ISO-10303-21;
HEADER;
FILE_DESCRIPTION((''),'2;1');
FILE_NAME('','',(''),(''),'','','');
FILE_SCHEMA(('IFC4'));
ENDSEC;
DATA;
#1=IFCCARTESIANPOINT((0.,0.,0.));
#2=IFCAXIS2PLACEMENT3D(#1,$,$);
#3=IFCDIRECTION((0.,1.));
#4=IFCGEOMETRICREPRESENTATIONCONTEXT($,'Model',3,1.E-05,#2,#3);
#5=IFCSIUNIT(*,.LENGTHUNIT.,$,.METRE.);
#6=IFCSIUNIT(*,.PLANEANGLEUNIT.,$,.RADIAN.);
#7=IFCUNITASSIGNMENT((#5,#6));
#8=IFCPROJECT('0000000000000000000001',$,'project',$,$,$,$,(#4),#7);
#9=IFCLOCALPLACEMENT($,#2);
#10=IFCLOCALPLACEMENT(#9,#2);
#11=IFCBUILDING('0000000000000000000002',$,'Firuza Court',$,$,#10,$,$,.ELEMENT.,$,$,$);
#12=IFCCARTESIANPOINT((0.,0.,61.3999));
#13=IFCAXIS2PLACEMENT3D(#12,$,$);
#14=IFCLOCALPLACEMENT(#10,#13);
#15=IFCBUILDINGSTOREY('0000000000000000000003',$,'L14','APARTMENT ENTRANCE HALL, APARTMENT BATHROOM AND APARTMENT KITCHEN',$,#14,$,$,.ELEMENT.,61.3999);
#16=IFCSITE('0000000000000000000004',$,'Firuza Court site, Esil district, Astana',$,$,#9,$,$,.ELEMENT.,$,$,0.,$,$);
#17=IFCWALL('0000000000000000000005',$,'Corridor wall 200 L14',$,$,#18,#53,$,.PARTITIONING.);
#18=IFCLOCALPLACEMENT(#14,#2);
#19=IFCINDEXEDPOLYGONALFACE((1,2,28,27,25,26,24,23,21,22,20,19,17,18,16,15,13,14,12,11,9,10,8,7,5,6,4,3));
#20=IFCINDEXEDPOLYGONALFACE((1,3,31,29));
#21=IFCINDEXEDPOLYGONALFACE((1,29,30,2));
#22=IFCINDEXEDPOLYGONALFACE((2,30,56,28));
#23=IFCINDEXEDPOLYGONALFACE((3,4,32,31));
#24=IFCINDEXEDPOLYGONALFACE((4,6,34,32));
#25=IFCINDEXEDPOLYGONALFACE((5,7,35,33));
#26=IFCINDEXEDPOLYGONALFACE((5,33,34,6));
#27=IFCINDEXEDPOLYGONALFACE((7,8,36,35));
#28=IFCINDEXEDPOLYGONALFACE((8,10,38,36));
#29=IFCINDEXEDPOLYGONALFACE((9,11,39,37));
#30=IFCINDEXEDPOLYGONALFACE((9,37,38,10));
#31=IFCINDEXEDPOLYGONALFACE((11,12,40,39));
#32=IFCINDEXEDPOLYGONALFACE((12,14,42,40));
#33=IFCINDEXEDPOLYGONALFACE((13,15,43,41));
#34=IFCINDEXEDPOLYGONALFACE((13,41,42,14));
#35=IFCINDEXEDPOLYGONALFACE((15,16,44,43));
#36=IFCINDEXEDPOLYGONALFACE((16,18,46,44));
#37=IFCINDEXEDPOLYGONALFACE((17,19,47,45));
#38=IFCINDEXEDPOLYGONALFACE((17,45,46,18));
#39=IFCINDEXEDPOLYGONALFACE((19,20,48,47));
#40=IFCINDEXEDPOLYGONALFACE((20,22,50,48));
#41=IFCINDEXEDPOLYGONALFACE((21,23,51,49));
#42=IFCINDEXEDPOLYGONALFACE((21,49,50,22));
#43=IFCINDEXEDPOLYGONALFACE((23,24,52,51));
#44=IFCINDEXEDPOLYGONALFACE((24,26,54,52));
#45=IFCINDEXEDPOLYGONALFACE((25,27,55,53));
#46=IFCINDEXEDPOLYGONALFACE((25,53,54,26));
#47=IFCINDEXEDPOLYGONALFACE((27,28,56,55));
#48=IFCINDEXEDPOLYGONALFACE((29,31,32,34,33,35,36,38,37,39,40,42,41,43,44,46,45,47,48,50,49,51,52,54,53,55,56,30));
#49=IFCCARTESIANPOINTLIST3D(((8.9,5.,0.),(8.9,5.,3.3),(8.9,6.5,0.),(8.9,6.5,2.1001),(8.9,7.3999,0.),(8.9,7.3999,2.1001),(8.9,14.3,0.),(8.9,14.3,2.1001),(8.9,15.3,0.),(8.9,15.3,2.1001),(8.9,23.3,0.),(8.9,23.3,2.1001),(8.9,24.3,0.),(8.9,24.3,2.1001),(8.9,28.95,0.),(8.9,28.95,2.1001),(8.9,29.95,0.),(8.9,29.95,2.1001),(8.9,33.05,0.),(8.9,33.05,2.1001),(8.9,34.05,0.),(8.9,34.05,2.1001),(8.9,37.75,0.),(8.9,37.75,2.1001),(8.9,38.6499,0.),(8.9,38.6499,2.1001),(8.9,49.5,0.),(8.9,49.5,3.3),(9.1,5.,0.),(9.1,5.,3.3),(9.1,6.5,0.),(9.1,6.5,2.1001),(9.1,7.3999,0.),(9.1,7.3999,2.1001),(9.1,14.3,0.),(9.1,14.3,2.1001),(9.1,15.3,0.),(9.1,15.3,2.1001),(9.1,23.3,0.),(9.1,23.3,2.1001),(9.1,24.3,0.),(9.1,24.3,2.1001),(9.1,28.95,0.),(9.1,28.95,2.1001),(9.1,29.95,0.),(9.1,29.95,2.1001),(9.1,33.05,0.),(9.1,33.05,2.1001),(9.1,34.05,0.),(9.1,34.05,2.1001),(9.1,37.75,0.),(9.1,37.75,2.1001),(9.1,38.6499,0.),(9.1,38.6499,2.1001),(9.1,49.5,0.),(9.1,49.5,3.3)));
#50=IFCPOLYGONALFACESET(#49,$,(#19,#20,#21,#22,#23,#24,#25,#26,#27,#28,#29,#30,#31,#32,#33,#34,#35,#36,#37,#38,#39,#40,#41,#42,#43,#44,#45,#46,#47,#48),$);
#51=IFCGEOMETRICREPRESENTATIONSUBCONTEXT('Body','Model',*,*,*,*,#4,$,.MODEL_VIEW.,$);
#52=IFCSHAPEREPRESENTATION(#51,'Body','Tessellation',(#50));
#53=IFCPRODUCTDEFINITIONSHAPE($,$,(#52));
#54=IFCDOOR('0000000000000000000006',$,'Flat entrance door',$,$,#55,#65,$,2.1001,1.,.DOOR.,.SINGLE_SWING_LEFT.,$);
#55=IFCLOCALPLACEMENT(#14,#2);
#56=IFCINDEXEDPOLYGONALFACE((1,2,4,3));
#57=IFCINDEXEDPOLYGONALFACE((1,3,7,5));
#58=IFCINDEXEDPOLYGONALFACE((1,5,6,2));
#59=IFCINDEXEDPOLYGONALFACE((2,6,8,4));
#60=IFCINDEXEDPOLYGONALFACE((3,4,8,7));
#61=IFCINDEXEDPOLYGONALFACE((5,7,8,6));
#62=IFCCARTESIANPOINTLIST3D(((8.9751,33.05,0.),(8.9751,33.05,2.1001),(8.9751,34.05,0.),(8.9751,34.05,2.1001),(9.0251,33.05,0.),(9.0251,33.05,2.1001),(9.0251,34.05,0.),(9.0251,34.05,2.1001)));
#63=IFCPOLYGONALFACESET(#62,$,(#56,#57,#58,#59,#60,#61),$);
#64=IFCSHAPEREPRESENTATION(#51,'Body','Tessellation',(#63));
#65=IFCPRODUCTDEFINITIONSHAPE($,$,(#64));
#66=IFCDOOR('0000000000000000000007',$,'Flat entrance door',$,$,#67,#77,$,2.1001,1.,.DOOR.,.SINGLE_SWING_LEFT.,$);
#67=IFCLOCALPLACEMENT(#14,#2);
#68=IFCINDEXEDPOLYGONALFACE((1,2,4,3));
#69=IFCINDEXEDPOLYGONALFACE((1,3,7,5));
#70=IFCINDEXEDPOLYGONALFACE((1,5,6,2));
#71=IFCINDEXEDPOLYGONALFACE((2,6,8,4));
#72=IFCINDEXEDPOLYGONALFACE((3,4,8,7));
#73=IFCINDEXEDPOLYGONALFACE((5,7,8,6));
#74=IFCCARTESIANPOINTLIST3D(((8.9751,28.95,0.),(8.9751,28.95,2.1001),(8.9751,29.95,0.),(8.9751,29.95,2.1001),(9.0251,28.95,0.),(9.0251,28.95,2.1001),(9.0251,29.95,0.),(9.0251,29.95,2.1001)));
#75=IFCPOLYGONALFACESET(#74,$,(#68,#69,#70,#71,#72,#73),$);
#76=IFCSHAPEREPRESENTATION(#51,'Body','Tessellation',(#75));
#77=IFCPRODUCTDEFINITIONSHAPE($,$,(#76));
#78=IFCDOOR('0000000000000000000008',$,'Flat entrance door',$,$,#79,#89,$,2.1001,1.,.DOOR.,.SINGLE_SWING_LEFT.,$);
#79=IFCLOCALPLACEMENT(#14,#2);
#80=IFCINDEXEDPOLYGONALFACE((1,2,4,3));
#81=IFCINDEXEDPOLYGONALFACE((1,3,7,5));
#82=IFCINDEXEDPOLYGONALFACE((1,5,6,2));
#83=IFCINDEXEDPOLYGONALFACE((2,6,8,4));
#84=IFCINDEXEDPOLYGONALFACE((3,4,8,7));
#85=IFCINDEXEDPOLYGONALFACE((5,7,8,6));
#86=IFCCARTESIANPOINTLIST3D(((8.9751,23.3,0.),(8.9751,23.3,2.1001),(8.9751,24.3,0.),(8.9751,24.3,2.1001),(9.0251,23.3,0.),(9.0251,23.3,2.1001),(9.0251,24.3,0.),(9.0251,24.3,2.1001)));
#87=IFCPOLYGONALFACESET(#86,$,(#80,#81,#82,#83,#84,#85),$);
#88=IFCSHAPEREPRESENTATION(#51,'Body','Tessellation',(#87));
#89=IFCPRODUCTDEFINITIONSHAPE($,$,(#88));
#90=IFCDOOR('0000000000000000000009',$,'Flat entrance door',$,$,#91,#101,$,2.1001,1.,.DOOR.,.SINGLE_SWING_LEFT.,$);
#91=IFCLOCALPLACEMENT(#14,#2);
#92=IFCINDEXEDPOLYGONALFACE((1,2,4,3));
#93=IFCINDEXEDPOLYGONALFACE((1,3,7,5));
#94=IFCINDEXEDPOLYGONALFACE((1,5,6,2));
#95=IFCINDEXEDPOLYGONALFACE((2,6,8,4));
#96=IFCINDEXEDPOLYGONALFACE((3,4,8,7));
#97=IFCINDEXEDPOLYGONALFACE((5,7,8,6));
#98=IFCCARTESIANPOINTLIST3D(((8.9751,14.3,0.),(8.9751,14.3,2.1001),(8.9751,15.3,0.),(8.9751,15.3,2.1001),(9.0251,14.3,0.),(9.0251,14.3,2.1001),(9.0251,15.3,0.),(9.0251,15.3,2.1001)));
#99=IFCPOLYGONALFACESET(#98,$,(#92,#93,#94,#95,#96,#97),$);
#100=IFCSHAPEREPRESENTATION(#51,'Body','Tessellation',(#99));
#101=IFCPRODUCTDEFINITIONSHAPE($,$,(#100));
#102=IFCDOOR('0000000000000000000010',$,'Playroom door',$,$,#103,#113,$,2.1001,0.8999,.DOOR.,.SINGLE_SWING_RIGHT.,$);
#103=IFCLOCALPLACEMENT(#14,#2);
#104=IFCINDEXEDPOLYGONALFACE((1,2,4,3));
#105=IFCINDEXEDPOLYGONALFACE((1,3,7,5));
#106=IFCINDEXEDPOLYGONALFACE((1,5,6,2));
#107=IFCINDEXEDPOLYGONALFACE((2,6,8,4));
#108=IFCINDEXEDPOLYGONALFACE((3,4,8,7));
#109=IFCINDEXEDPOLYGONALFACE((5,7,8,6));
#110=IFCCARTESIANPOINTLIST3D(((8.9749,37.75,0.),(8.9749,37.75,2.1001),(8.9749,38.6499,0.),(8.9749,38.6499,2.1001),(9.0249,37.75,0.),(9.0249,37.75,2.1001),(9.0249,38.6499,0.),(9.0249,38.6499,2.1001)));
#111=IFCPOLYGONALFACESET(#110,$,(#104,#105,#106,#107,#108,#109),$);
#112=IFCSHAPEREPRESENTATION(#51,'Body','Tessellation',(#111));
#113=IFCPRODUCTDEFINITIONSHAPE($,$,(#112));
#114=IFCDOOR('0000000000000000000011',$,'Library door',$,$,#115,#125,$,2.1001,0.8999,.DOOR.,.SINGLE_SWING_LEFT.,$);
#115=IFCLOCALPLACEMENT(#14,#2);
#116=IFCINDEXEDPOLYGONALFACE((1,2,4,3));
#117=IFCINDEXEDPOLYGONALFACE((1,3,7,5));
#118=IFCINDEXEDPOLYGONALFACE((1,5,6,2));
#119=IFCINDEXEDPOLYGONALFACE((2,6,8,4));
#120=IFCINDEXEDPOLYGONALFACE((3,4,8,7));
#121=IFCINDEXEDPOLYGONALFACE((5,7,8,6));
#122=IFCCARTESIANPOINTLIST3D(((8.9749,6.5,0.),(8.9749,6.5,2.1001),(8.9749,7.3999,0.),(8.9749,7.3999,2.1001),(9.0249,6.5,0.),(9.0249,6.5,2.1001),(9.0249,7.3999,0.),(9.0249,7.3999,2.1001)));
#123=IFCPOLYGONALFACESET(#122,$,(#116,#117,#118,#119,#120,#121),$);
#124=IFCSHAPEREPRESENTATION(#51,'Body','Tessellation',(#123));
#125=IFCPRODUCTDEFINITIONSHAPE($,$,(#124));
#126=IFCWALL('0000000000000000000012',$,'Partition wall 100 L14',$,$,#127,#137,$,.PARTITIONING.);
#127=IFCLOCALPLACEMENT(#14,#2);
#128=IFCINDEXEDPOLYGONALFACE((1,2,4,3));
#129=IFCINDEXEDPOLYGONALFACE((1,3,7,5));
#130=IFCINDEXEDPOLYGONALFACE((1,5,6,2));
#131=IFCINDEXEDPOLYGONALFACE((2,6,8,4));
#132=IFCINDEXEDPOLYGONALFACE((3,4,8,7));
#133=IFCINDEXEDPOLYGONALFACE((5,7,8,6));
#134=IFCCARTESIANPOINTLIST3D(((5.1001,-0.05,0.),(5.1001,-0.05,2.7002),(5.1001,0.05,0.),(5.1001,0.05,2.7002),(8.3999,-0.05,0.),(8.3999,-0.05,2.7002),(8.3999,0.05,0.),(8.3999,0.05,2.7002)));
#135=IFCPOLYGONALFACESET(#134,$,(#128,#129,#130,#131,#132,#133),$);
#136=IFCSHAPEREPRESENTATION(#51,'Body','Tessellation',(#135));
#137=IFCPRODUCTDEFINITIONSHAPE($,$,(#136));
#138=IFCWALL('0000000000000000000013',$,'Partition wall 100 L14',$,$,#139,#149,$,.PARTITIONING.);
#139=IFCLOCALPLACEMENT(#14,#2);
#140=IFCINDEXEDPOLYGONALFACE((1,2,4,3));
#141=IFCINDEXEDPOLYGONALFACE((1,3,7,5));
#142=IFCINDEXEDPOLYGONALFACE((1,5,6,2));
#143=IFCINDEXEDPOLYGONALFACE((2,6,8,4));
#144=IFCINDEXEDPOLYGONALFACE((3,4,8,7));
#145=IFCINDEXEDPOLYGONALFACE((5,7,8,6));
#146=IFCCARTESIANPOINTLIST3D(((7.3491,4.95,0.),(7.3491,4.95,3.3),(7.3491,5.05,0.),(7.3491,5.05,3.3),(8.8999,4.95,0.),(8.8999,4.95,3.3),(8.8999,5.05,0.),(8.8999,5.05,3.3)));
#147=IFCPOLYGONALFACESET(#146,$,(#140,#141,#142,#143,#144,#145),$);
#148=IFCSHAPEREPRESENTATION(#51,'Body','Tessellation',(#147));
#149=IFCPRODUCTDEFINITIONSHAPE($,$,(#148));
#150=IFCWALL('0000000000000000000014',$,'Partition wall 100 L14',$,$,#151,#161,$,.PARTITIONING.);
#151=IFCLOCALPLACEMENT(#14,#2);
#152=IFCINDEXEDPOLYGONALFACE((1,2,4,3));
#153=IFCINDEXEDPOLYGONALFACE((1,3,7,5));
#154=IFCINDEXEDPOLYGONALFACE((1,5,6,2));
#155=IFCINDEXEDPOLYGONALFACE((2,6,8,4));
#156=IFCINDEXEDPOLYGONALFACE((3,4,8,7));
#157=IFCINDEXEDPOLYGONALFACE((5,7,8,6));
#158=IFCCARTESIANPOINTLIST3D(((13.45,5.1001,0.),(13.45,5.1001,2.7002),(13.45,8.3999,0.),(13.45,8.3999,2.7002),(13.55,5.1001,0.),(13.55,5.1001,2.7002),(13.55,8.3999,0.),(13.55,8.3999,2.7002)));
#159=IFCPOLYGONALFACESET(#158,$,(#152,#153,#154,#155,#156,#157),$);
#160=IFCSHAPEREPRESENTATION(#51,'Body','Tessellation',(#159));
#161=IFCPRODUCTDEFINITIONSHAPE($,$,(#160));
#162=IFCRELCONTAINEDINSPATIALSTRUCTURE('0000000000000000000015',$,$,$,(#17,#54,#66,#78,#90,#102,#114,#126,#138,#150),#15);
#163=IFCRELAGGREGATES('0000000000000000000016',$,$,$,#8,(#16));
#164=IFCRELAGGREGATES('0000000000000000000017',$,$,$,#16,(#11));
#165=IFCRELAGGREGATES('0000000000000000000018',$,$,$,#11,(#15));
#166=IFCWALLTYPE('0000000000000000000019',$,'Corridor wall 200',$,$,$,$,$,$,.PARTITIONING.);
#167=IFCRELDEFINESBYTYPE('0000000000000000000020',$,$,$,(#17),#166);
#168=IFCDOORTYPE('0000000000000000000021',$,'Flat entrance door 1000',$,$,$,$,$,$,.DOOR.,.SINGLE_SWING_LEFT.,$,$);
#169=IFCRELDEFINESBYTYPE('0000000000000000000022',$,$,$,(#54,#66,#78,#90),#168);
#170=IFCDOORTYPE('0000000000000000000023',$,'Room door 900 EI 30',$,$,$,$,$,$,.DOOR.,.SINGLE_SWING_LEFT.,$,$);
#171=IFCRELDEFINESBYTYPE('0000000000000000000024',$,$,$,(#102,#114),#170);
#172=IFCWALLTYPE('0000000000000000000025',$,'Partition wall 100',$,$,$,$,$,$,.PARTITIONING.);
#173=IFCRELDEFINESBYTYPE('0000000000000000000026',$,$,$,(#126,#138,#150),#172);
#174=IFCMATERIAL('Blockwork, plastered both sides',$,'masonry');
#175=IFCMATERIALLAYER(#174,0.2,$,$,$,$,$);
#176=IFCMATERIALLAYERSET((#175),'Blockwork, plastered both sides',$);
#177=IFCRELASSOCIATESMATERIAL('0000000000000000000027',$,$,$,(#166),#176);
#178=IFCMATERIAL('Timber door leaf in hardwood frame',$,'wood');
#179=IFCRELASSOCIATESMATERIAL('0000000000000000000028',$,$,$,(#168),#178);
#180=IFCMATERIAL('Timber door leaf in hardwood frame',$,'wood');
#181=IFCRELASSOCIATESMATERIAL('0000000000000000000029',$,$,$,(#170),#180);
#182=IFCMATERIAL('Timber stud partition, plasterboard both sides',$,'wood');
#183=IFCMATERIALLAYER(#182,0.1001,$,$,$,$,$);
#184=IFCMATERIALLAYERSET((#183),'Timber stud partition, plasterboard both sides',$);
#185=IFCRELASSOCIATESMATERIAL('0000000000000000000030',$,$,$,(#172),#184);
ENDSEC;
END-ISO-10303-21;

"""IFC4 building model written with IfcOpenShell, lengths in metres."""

from ifc_helpers import new_model, si_unit, direction, frame, frame_2d, origin, place, context, subcontext, project, spatial, rectangle, extrude, material, layer, layer_set, type_object, element, fill, save


model = new_model("IFC4")

# Units and contexts
model_context = context("Model", 3, precision=1e-05, world=origin(), true_north=direction((0.0, 1.0)))
body_context = subcontext(model_context, "Body", "Model", "MODEL_VIEW")
ifc_project = project(units=[si_unit("LENGTHUNIT", "METRE"), si_unit("PLANEANGLEUNIT", "RADIAN")], contexts=[model_context])

# Site, building, storey
site_placement = place(None, origin())
site = spatial("IfcSite", under=ifc_project, at=site_placement, Name="Firuza Court site, Esil district, Astana", CompositionType="ELEMENT", RefElevation=0.0)
building_placement = place(site_placement, origin())
building = spatial("IfcBuilding", under=site, at=building_placement, Name="Firuza Court", CompositionType="ELEMENT")
storey_placement = place(building_placement, frame((0.0, 0.0, 61.3999)))
storey = spatial("IfcBuildingStorey", under=building, at=storey_placement, Name="L14", Description="APARTMENT ENTRANCE HALL, APARTMENT BATHROOM AND APARTMENT KITCHEN", CompositionType="ELEMENT", Elevation=61.3999)

# Wall, openings, doors
ifc_material_1 = material(Name="Blockwork, plastered both sides", Category="masonry")
ifc_layer_1 = layer(ifc_material_1, 0.2)
ifc_layer_set_1 = layer_set([ifc_layer_1], Name="Blockwork, plastered both sides")
wall_type_1 = type_object("IfcWallType", Name="Corridor wall 200", PredefinedType="PARTITIONING", material=ifc_layer_set_1)
wall_1_placement = place(storey_placement, frame((9.0, 5.0, 0.0), z_axis=(0.0, 0.0, 1.0), x_axis=(0.0, 1.0, 0.0)))
wall_1 = element("IfcWall", 1, at=wall_1_placement, inside=storey, type_object=wall_type_1, Name="Corridor wall 200 L14", PredefinedType="PARTITIONING", context=body_context, shape_type="SweptSolid", body=[
    extrude(rectangle(XDim=44.5, YDim=0.2, at=frame_2d((22.25, 0.0))), origin(), (0.0, 0.0, 1.0), 3.3),
])
opening_1_placement = place(wall_1_placement, frame((28.05, 0.0, 0.0)))
opening_1 = element("IfcOpeningElement", 2, at=opening_1_placement, cuts=wall_1, PredefinedType="OPENING", context=body_context, shape_type="SweptSolid", body=[
    extrude(rectangle(XDim=1.0, YDim=2.1001, at=frame_2d((0.5, 1.05))), frame((0.0, 0.1118, 0.0), z_axis=(0.0, -1.0, 0.0), x_axis=(1.0, 0.0, 0.0)), (0.0, 0.0, 1.0), 0.2239),
])
opening_2_placement = place(wall_1_placement, frame((23.95, 0.0, 0.0)))
opening_2 = element("IfcOpeningElement", 3, at=opening_2_placement, cuts=wall_1, PredefinedType="OPENING", context=body_context, shape_type="SweptSolid", body=[
    extrude(rectangle(XDim=1.0, YDim=2.1001, at=frame_2d((0.5, 1.05))), frame((0.0, 0.1118, 0.0), z_axis=(0.0, -1.0, 0.0), x_axis=(1.0, 0.0, 0.0)), (0.0, 0.0, 1.0), 0.2239),
])
opening_3_placement = place(wall_1_placement, frame((18.3, 0.0, 0.0)))
opening_3 = element("IfcOpeningElement", 4, at=opening_3_placement, cuts=wall_1, PredefinedType="OPENING", context=body_context, shape_type="SweptSolid", body=[
    extrude(rectangle(XDim=1.0, YDim=2.1001, at=frame_2d((0.5, 1.05))), frame((0.0, 0.1118, 0.0), z_axis=(0.0, -1.0, 0.0), x_axis=(1.0, 0.0, 0.0)), (0.0, 0.0, 1.0), 0.2239),
])
opening_4_placement = place(wall_1_placement, frame((9.3, 0.0, 0.0)))
opening_4 = element("IfcOpeningElement", 5, at=opening_4_placement, cuts=wall_1, PredefinedType="OPENING", context=body_context, shape_type="SweptSolid", body=[
    extrude(rectangle(XDim=1.0, YDim=2.1001, at=frame_2d((0.5, 1.05))), frame((0.0, 0.1118, 0.0), z_axis=(0.0, -1.0, 0.0), x_axis=(1.0, 0.0, 0.0)), (0.0, 0.0, 1.0), 0.2239),
])
opening_5_placement = place(wall_1_placement, frame((32.75, 0.0, 0.0)))
opening_5 = element("IfcOpeningElement", 6, at=opening_5_placement, cuts=wall_1, PredefinedType="OPENING", context=body_context, shape_type="SweptSolid", body=[
    extrude(rectangle(XDim=0.8999, YDim=2.1001, at=frame_2d((0.45, 1.05))), frame((0.0, 0.1118, 0.0), z_axis=(0.0, -1.0, 0.0), x_axis=(1.0, 0.0, 0.0)), (0.0, 0.0, 1.0), 0.2239),
])
opening_6_placement = place(wall_1_placement, frame((1.5, 0.0, 0.0)))
opening_6 = element("IfcOpeningElement", 7, at=opening_6_placement, cuts=wall_1, PredefinedType="OPENING", context=body_context, shape_type="SweptSolid", body=[
    extrude(rectangle(XDim=0.8999, YDim=2.1001, at=frame_2d((0.45, 1.05))), frame((0.0, 0.1118, 0.0), z_axis=(0.0, -1.0, 0.0), x_axis=(1.0, 0.0, 0.0)), (0.0, 0.0, 1.0), 0.2239),
])
ifc_material_2 = material(Name="Timber door leaf in hardwood frame", Category="wood")
door_type_1 = type_object("IfcDoorType", Name="Flat entrance door 1000", OperationType="SINGLE_SWING_LEFT", PredefinedType="DOOR", material=ifc_material_2)
door_1_placement = place(opening_1_placement, origin())
door_1 = element("IfcDoor", 8, at=door_1_placement, inside=storey, type_object=door_type_1, Name="Flat entrance door", OperationType="SINGLE_SWING_LEFT", OverallHeight=2.1001, OverallWidth=1.0, PredefinedType="DOOR", context=body_context, shape_type="SweptSolid", body=[
    extrude(rectangle(XDim=1.0, YDim=2.1001, at=frame_2d((0.5, 1.05))), frame((0.0, 0.0249, 0.0), z_axis=(0.0, -1.0, 0.0), x_axis=(1.0, 0.0, 0.0)), (0.0, 0.0, 1.0), 0.05),
])
fill(opening_1, door_1)
door_2_placement = place(opening_2_placement, origin())
door_2 = element("IfcDoor", 9, at=door_2_placement, inside=storey, type_object=door_type_1, Name="Flat entrance door", OperationType="SINGLE_SWING_LEFT", OverallHeight=2.1001, OverallWidth=1.0, PredefinedType="DOOR", context=body_context, shape_type="SweptSolid", body=[
    extrude(rectangle(XDim=1.0, YDim=2.1001, at=frame_2d((0.5, 1.05))), frame((0.0, 0.0249, 0.0), z_axis=(0.0, -1.0, 0.0), x_axis=(1.0, 0.0, 0.0)), (0.0, 0.0, 1.0), 0.05),
])
fill(opening_2, door_2)
door_3_placement = place(opening_3_placement, origin())
door_3 = element("IfcDoor", 10, at=door_3_placement, inside=storey, type_object=door_type_1, Name="Flat entrance door", OperationType="SINGLE_SWING_LEFT", OverallHeight=2.1001, OverallWidth=1.0, PredefinedType="DOOR", context=body_context, shape_type="SweptSolid", body=[
    extrude(rectangle(XDim=1.0, YDim=2.1001, at=frame_2d((0.5, 1.05))), frame((0.0, 0.0249, 0.0), z_axis=(0.0, -1.0, 0.0), x_axis=(1.0, 0.0, 0.0)), (0.0, 0.0, 1.0), 0.05),
])
fill(opening_3, door_3)
door_4_placement = place(opening_4_placement, origin())
door_4 = element("IfcDoor", 11, at=door_4_placement, inside=storey, type_object=door_type_1, Name="Flat entrance door", OperationType="SINGLE_SWING_LEFT", OverallHeight=2.1001, OverallWidth=1.0, PredefinedType="DOOR", context=body_context, shape_type="SweptSolid", body=[
    extrude(rectangle(XDim=1.0, YDim=2.1001, at=frame_2d((0.5, 1.05))), frame((0.0, 0.0249, 0.0), z_axis=(0.0, -1.0, 0.0), x_axis=(1.0, 0.0, 0.0)), (0.0, 0.0, 1.0), 0.05),
])
fill(opening_4, door_4)
ifc_material_3 = material(Name="Timber door leaf in hardwood frame", Category="wood")
door_type_2 = type_object("IfcDoorType", Name="Room door 900 EI 30", OperationType="SINGLE_SWING_LEFT", PredefinedType="DOOR", material=ifc_material_3)
door_5_placement = place(opening_5_placement, frame((0.8999, 0.0, 0.0), z_axis=(0.0, 0.0, 1.0), x_axis=(-1.0, 0.0, 0.0)))
door_5 = element("IfcDoor", 12, at=door_5_placement, inside=storey, type_object=door_type_2, Name="Playroom door", OperationType="SINGLE_SWING_RIGHT", OverallHeight=2.1001, OverallWidth=0.8999, PredefinedType="DOOR", context=body_context, shape_type="SweptSolid", body=[
    extrude(rectangle(XDim=0.8999, YDim=2.1001, at=frame_2d((0.45, 1.05))), frame((0.0, 0.0249, 0.0), z_axis=(0.0, -1.0, 0.0), x_axis=(1.0, 0.0, 0.0)), (0.0, 0.0, 1.0), 0.05),
])
fill(opening_5, door_5)
door_6_placement = place(opening_6_placement, frame((0.8999, 0.0, 0.0), z_axis=(0.0, 0.0, 1.0), x_axis=(-1.0, 0.0, 0.0)))
door_6 = element("IfcDoor", 13, at=door_6_placement, inside=storey, type_object=door_type_2, Name="Library door", OperationType="SINGLE_SWING_LEFT", OverallHeight=2.1001, OverallWidth=0.8999, PredefinedType="DOOR", context=body_context, shape_type="SweptSolid", body=[
    extrude(rectangle(XDim=0.8999, YDim=2.1001, at=frame_2d((0.45, 1.05))), frame((0.0, 0.0249, 0.0), z_axis=(0.0, -1.0, 0.0), x_axis=(1.0, 0.0, 0.0)), (0.0, 0.0, 1.0), 0.05),
])
fill(opening_6, door_6)

# Walls
ifc_material_4 = material(Name="Timber stud partition, plasterboard both sides", Category="wood")
ifc_layer_2 = layer(ifc_material_4, 0.1001)
ifc_layer_set_2 = layer_set([ifc_layer_2], Name="Timber stud partition, plasterboard both sides")
wall_type_2 = type_object("IfcWallType", Name="Partition wall 100", PredefinedType="PARTITIONING", material=ifc_layer_set_2)
wall_2_placement = place(storey_placement, frame((5.1001, 0.0, 0.0), z_axis=(0.0, 0.0, 1.0), x_axis=(1.0, 0.0, 0.0)))
element("IfcWall", 14, at=wall_2_placement, inside=storey, type_object=wall_type_2, Name="Partition wall 100 L14", PredefinedType="PARTITIONING", context=body_context, shape_type="SweptSolid", body=[
    extrude(rectangle(XDim=3.2998, YDim=0.1001, at=frame_2d((1.6499, 0.0))), origin(), (0.0, 0.0, 1.0), 2.7002),
])
wall_3_placement = place(storey_placement, frame((7.3491, 5.0, 0.0), z_axis=(0.0, 0.0, 1.0), x_axis=(1.0, 0.0, 0.0)))
element("IfcWall", 15, at=wall_3_placement, inside=storey, type_object=wall_type_2, Name="Partition wall 100 L14", PredefinedType="PARTITIONING", context=body_context, shape_type="SweptSolid", body=[
    extrude(rectangle(XDim=1.5508, YDim=0.1001, at=frame_2d((0.7754, 0.0))), origin(), (0.0, 0.0, 1.0), 3.3),
])
wall_4_placement = place(storey_placement, frame((13.5, 5.1001, 0.0), z_axis=(0.0, 0.0, 1.0), x_axis=(0.0, 1.0, 0.0)))
element("IfcWall", 16, at=wall_4_placement, inside=storey, type_object=wall_type_2, Name="Partition wall 100 L14", PredefinedType="PARTITIONING", context=body_context, shape_type="SweptSolid", body=[
    extrude(rectangle(XDim=3.2998, YDim=0.1001, at=frame_2d((1.6499, 0.0))), origin(), (0.0, 0.0, 1.0), 2.7002),
])

save(model, "model.ifc")
